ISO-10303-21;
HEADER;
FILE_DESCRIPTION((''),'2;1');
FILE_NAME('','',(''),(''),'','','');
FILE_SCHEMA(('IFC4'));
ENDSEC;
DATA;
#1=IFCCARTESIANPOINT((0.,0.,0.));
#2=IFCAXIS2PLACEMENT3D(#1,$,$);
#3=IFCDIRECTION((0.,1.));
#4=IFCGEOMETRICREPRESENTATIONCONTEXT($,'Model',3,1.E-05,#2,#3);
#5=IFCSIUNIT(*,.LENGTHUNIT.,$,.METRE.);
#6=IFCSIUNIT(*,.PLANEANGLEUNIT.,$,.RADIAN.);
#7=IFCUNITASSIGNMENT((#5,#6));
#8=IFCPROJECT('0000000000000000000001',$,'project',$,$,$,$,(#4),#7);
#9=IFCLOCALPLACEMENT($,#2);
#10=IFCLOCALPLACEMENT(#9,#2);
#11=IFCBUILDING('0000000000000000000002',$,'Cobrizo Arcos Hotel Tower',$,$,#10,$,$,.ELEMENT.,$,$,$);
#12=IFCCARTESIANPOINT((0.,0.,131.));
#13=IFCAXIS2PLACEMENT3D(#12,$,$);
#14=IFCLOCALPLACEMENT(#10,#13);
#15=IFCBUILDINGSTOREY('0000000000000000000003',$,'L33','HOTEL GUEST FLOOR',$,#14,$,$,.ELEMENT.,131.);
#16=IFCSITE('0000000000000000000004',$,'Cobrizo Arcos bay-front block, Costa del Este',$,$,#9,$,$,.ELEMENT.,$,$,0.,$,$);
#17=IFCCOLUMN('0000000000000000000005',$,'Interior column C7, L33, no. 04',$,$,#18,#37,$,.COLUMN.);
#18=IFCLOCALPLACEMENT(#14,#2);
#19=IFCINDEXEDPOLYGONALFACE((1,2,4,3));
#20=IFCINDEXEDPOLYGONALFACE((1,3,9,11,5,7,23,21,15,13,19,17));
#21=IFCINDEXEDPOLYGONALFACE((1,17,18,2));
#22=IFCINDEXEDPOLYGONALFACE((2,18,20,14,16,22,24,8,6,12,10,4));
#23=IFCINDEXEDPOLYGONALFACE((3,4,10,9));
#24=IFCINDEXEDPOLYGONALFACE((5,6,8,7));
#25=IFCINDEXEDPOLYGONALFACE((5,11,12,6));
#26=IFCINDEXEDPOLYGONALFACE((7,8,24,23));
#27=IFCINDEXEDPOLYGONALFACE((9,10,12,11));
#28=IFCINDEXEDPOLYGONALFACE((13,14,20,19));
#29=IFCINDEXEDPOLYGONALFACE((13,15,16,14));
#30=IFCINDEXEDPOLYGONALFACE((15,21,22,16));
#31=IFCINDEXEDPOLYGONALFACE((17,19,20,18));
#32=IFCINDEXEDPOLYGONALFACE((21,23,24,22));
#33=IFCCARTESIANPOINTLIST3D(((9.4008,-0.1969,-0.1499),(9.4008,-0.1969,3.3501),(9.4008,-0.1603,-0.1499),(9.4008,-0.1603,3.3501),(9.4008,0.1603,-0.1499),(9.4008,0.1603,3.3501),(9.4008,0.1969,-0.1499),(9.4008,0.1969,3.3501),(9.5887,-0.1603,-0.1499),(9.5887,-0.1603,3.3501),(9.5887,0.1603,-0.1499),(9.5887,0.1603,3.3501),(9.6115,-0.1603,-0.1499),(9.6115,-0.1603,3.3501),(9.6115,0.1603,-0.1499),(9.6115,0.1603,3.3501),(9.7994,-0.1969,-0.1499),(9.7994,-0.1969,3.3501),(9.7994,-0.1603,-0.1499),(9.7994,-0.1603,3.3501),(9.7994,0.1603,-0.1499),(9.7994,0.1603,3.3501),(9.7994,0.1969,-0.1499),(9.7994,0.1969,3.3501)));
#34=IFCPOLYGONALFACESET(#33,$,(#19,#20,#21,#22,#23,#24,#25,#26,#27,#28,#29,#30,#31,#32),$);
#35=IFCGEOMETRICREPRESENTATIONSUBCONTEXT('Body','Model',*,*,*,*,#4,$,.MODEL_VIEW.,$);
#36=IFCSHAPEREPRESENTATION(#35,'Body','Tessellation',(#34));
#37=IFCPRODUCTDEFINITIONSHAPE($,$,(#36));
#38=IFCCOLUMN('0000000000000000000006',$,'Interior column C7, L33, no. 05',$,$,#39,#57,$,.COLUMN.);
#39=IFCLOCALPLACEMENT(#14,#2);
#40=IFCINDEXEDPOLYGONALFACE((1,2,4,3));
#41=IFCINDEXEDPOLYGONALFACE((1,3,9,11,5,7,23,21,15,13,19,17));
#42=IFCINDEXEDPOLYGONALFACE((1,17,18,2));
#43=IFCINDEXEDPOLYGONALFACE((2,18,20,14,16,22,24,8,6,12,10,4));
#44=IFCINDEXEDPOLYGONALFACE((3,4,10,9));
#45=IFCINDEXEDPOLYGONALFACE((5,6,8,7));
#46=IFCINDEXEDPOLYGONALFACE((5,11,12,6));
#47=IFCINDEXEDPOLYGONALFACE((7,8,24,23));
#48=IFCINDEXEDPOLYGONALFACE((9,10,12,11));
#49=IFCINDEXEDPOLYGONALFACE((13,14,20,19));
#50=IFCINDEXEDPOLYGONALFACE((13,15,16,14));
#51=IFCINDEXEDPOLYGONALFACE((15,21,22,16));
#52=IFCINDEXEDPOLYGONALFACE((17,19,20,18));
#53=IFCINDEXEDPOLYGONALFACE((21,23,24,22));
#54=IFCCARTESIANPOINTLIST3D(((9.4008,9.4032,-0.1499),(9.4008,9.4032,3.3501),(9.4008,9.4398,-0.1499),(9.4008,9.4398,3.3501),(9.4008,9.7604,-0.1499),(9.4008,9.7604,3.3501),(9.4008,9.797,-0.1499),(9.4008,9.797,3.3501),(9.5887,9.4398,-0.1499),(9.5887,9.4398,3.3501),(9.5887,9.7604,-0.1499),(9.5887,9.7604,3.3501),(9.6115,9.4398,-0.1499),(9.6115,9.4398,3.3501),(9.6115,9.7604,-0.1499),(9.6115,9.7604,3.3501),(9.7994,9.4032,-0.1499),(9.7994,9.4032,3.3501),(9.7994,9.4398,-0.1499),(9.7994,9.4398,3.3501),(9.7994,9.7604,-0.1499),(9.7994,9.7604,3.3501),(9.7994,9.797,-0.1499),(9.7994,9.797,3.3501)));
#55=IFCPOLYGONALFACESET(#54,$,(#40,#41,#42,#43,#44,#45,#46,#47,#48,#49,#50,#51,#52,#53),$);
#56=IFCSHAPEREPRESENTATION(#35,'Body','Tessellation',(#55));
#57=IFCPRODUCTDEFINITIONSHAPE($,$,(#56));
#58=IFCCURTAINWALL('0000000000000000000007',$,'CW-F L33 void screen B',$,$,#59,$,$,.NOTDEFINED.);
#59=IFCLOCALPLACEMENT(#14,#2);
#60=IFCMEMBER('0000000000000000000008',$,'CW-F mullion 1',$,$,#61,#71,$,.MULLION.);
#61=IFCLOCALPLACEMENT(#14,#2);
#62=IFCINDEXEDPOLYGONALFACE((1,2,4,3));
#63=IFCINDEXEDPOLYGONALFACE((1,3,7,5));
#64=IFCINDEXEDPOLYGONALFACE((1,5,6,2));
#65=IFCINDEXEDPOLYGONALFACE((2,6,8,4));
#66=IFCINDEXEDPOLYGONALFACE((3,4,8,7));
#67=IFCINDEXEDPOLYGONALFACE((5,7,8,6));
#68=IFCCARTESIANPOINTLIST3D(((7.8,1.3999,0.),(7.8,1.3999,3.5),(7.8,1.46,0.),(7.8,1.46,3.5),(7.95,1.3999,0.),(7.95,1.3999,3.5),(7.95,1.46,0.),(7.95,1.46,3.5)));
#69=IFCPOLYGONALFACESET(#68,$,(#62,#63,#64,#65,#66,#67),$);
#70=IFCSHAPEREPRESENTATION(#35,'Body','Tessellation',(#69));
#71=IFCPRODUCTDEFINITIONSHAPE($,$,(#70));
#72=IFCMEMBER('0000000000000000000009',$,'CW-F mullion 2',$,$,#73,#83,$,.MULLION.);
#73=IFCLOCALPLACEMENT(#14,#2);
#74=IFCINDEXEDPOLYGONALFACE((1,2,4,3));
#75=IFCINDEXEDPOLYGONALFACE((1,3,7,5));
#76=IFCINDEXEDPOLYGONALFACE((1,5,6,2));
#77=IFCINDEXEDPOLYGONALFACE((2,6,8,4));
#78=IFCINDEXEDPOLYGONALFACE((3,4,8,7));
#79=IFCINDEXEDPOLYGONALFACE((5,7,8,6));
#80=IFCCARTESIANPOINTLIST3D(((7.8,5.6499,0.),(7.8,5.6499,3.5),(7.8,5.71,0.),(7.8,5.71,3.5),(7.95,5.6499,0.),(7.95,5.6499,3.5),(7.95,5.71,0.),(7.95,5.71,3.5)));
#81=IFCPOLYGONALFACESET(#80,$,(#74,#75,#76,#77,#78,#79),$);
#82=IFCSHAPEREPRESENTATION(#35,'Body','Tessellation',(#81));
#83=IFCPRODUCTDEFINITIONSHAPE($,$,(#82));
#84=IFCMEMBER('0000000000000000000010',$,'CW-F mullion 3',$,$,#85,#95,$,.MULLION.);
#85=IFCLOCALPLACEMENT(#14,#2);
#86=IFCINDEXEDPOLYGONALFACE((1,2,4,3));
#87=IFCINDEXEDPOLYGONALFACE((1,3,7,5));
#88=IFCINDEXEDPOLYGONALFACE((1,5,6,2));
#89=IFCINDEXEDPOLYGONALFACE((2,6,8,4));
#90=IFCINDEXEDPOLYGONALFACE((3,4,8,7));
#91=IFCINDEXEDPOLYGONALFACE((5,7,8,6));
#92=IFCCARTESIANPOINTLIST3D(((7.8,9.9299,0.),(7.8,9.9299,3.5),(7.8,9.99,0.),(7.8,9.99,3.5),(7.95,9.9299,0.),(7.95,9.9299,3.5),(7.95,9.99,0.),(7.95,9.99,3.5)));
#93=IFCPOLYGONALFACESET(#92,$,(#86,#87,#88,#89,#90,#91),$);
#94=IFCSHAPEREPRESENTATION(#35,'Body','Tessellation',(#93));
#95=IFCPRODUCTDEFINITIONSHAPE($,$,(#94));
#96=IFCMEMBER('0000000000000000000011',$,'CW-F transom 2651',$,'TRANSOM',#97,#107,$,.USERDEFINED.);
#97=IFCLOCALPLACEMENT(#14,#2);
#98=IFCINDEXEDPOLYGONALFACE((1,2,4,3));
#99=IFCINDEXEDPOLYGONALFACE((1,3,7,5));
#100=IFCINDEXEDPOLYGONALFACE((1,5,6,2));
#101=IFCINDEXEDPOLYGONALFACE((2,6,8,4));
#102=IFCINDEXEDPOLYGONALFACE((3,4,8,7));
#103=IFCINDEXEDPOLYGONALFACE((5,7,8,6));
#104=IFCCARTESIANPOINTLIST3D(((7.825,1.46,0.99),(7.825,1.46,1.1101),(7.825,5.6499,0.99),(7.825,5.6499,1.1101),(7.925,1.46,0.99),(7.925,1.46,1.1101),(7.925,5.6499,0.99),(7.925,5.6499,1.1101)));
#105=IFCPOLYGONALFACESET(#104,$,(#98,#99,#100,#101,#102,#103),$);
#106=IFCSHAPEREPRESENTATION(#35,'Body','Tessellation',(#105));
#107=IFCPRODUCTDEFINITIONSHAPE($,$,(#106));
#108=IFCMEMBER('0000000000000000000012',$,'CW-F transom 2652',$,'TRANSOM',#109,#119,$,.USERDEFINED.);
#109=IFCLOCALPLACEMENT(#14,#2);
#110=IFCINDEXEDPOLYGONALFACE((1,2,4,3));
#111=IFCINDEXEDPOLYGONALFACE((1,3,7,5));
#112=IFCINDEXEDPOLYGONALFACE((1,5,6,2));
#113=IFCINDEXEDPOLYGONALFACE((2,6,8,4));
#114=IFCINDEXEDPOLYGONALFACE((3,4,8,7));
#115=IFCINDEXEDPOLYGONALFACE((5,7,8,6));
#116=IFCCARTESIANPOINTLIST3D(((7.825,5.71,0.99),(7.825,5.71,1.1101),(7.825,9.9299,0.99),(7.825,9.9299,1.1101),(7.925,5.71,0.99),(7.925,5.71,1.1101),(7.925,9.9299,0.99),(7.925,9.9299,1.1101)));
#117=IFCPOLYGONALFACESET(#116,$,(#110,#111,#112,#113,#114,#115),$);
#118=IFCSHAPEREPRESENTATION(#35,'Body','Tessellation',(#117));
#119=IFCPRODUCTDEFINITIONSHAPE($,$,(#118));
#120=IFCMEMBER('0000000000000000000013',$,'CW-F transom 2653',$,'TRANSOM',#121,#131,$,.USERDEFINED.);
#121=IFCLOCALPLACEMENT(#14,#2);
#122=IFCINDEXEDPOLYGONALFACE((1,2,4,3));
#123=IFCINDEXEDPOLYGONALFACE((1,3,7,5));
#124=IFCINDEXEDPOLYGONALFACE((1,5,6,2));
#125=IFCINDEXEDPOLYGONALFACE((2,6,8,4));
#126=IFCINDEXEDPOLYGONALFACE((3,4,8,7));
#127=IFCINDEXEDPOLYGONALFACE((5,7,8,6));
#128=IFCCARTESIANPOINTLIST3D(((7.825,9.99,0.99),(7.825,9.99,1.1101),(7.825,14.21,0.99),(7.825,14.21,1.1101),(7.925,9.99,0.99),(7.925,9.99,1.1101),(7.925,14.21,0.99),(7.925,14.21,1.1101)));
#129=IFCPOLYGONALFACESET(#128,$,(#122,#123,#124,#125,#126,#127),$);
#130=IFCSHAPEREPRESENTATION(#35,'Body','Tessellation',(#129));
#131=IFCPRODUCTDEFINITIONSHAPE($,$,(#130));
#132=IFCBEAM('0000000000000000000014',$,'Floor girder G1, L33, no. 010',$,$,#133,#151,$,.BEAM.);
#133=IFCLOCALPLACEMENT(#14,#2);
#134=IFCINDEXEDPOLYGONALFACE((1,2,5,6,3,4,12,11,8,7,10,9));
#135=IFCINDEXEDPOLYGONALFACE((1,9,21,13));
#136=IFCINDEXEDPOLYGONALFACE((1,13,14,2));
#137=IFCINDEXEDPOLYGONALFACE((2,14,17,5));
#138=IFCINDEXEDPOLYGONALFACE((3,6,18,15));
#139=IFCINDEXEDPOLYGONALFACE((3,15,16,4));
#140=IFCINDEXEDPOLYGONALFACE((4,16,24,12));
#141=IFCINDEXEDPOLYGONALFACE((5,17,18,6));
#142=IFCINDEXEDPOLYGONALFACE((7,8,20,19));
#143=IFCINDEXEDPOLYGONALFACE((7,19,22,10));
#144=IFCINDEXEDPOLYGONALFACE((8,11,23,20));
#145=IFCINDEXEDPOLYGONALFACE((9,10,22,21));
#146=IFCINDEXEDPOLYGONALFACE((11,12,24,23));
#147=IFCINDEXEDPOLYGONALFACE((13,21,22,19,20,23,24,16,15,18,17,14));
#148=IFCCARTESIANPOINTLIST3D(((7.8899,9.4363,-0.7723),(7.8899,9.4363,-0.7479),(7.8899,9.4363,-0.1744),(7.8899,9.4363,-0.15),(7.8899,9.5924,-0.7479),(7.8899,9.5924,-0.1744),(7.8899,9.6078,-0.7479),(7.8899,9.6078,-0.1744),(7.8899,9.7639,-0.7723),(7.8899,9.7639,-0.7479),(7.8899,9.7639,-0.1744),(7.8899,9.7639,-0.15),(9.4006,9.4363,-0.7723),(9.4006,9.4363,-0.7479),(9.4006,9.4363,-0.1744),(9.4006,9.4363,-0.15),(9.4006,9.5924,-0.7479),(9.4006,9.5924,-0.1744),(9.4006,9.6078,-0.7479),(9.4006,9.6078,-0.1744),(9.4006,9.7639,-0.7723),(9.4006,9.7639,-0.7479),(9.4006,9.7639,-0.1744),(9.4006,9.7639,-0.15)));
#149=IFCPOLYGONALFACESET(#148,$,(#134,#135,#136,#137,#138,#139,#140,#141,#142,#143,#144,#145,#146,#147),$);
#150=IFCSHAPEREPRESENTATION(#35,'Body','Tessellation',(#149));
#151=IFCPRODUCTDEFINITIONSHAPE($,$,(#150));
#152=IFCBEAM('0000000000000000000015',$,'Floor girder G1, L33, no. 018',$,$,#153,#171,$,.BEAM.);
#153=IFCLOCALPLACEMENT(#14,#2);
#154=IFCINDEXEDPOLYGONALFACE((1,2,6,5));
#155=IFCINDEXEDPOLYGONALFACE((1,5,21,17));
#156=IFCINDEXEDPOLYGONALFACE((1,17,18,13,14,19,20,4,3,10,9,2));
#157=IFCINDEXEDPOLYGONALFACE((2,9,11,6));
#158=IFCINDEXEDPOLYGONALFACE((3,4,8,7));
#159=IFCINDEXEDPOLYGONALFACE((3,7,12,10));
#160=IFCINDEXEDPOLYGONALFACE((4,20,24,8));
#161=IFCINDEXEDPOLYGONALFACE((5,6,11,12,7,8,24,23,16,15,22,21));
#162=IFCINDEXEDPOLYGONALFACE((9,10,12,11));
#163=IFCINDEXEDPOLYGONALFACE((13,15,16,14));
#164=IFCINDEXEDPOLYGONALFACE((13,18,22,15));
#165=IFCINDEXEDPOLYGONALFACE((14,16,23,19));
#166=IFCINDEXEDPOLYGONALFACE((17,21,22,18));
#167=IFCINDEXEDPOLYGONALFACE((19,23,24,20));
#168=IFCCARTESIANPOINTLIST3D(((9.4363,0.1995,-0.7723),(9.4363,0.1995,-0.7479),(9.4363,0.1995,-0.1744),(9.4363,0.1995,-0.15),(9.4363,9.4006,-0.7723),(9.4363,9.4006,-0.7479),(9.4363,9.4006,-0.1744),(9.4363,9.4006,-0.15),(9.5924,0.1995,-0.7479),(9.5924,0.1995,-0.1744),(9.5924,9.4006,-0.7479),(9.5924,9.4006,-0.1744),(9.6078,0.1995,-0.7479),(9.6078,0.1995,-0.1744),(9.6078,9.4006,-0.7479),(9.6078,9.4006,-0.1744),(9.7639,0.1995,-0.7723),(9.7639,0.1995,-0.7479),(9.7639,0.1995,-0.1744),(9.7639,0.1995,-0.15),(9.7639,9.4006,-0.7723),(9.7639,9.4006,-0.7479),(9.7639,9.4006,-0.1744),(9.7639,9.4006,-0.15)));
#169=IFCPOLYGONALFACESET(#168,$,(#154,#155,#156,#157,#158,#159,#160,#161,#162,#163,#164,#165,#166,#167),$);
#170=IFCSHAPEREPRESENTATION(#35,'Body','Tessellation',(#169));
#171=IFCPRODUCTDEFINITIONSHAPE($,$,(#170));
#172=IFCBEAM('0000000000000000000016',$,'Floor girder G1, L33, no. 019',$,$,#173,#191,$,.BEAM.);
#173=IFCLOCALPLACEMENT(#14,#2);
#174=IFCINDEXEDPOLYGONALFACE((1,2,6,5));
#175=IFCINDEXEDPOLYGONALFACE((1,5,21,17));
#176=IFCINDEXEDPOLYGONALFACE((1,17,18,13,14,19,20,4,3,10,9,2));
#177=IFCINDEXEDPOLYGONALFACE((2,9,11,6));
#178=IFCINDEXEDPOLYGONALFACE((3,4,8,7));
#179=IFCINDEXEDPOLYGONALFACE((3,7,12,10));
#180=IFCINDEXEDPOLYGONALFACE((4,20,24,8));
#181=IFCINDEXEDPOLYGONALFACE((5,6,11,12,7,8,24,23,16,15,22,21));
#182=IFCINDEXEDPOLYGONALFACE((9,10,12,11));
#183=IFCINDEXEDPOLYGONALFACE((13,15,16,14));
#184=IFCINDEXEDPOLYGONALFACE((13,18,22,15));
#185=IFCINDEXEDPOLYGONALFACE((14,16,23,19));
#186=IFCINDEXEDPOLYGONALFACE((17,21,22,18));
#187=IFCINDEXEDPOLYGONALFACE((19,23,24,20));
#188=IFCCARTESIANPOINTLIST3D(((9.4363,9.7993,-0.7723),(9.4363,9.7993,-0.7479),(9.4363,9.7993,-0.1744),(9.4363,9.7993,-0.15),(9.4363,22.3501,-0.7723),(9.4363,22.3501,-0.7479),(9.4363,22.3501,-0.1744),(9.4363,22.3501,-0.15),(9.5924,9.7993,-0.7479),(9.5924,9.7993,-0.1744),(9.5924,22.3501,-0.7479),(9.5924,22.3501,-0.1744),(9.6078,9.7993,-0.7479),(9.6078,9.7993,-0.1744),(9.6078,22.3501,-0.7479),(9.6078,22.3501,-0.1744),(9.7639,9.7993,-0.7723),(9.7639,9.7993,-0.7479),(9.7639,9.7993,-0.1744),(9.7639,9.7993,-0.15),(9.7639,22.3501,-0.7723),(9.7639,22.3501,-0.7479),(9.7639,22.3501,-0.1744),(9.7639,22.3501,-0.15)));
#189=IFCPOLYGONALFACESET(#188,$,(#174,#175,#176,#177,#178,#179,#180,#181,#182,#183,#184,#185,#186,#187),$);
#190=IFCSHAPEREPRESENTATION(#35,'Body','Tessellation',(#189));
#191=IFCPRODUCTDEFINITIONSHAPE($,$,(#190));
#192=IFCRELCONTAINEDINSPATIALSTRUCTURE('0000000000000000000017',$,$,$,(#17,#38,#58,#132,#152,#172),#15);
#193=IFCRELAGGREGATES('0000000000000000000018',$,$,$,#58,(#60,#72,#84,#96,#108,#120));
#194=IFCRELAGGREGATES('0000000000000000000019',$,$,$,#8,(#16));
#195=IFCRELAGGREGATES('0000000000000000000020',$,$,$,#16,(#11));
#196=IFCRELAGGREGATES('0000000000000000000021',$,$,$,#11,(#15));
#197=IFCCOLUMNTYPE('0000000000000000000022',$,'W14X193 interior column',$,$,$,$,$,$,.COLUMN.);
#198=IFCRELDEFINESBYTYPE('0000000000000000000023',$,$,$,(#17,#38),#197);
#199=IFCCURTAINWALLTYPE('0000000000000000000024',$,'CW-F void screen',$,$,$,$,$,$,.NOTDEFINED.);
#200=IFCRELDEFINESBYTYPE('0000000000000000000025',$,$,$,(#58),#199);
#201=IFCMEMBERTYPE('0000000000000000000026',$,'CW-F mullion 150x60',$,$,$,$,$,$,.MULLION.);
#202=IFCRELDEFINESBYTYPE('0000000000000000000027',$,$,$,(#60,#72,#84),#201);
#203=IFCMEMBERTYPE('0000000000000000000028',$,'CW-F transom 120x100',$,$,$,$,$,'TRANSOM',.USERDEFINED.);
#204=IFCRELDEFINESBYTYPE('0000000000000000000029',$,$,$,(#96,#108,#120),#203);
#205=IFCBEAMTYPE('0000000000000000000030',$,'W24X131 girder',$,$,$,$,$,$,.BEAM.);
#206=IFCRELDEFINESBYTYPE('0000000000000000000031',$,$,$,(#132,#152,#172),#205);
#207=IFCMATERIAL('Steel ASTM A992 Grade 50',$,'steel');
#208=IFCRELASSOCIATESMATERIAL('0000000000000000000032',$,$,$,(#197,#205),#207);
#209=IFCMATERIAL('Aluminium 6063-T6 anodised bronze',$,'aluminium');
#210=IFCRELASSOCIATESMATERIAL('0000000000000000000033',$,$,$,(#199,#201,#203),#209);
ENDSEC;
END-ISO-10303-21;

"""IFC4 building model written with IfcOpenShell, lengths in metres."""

from ifc_helpers import new_model, si_unit, direction, frame, origin, origin_2d, place, context, subcontext, project, spatial, rectangle, i_section, extrude, material, material_profile, profile_set, type_object, element, aggregate, save


model = new_model("IFC4")

# Units and contexts
model_context = context("Model", 3, precision=1e-05, world=origin(), true_north=direction((0.0, 1.0)))
body_context = subcontext(model_context, "Body", "Model", "MODEL_VIEW")
ifc_project = project(units=[si_unit("LENGTHUNIT", "METRE"), si_unit("PLANEANGLEUNIT", "RADIAN")], contexts=[model_context])

# Site, building, storey
site_placement = place(None, origin())
site = spatial("IfcSite", under=ifc_project, at=site_placement, Name="Cobrizo Arcos bay-front block, Costa del Este", CompositionType="ELEMENT", RefElevation=0.0)
building_placement = place(site_placement, origin())
building = spatial("IfcBuilding", under=site, at=building_placement, Name="Cobrizo Arcos Hotel Tower", CompositionType="ELEMENT")
storey_placement = place(building_placement, frame((0.0, 0.0, 131.0)))
storey = spatial("IfcBuildingStorey", under=building, at=storey_placement, Name="L33", Description="HOTEL GUEST FLOOR", CompositionType="ELEMENT", Elevation=131.0)

# Columns
ifc_material_1 = material(Name="Steel ASTM A992 Grade 50", Category="steel")
ifc_material_profile_1 = material_profile(ifc_material_1, i_section(OverallWidth=0.3987, OverallDepth=0.3938, WebThickness=0.0227, FlangeThickness=0.0366, at=origin_2d()), Name="W14X193")
ifc_profile_set_1 = profile_set([ifc_material_profile_1], Name="Steel ASTM A992 Grade 50")
column_type = type_object("IfcColumnType", Name="W14X193 interior column", PredefinedType="COLUMN", material=ifc_profile_set_1)
for number, where, z_axis, x_axis, name in (
    (1, (9.6001, 0.0, -0.1499), (0.0, 0.0, 1.0), (1.0, 0.0, 0.0), "Interior column C7, L33, no. 04"),
    (2, (9.6001, 9.6001, -0.1499), (0.0, 0.0, 1.0), (1.0, 0.0, 0.0), "Interior column C7, L33, no. 05"),
):
    element("IfcColumn", number, at=place(storey_placement, frame(where, z_axis=z_axis, x_axis=x_axis)), inside=storey, type_object=column_type, Name=name, PredefinedType="COLUMN", context=body_context, shape_type="SweptSolid", body=[
        extrude(i_section(OverallWidth=0.3987, OverallDepth=0.3938, WebThickness=0.0227, FlangeThickness=0.0366, at=origin_2d()), origin(), (0.0, 0.0, 1.0), 3.5),
    ])

# Curtain wall, members
ifc_material_2 = material(Name="Aluminium 6063-T6 anodised bronze", Category="aluminium")
curtain_wall_type = type_object("IfcCurtainWallType", Name="CW-F void screen", PredefinedType="NOTDEFINED", material=ifc_material_2)
curtain_wall_placement = place(storey_placement, origin())
curtain_wall = element("IfcCurtainWall", 3, at=curtain_wall_placement, inside=storey, type_object=curtain_wall_type, Name="CW-F L33 void screen B", PredefinedType="NOTDEFINED")
ifc_material_profile_2 = material_profile(ifc_material_2, rectangle(XDim=0.1499, YDim=0.0601, at=origin_2d()), Name="CW-F mullion 150x60")
ifc_profile_set_2 = profile_set([ifc_material_profile_2], Name="Aluminium 6063-T6 anodised bronze")
member_type_1 = type_object("IfcMemberType", Name="CW-F mullion 150x60", PredefinedType="MULLION", material=ifc_profile_set_2)
member_1_placement = place(storey_placement, frame((7.875, 1.4299, 0.0), z_axis=(0.0, 0.0, 1.0), x_axis=(1.0, 0.0, 0.0)))
member_1 = element("IfcMember", 4, at=member_1_placement, type_object=member_type_1, Name="CW-F mullion 1", PredefinedType="MULLION", context=body_context, shape_type="SweptSolid", body=[
    extrude(rectangle(XDim=0.1499, YDim=0.0601, at=origin_2d()), origin(), (0.0, 0.0, 1.0), 3.5),
])
member_2_placement = place(storey_placement, frame((7.875, 5.6799, 0.0), z_axis=(0.0, 0.0, 1.0), x_axis=(1.0, 0.0, 0.0)))
member_2 = element("IfcMember", 5, at=member_2_placement, type_object=member_type_1, Name="CW-F mullion 2", PredefinedType="MULLION", context=body_context, shape_type="SweptSolid", body=[
    extrude(rectangle(XDim=0.1499, YDim=0.0601, at=origin_2d()), origin(), (0.0, 0.0, 1.0), 3.5),
])
member_3_placement = place(storey_placement, frame((7.875, 9.96, 0.0), z_axis=(0.0, 0.0, 1.0), x_axis=(1.0, 0.0, 0.0)))
member_3 = element("IfcMember", 6, at=member_3_placement, type_object=member_type_1, Name="CW-F mullion 3", PredefinedType="MULLION", context=body_context, shape_type="SweptSolid", body=[
    extrude(rectangle(XDim=0.1499, YDim=0.0601, at=origin_2d()), origin(), (0.0, 0.0, 1.0), 3.5),
])
ifc_material_profile_3 = material_profile(ifc_material_2, rectangle(XDim=0.1001, YDim=0.1201, at=origin_2d()), Name="CW-F transom 120x100")
ifc_profile_set_3 = profile_set([ifc_material_profile_3], Name="Aluminium 6063-T6 anodised bronze")
member_type_2 = type_object("IfcMemberType", Name="CW-F transom 120x100", ElementType="TRANSOM", PredefinedType="USERDEFINED", material=ifc_profile_set_3)
member_4_placement = place(storey_placement, frame((7.875, 1.46, 1.05), z_axis=(0.0, 1.0, 0.0), x_axis=(-1.0, 0.0, 0.0)))
member_4 = element("IfcMember", 7, at=member_4_placement, type_object=member_type_2, Name="CW-F transom 2651", ObjectType="TRANSOM", PredefinedType="USERDEFINED", context=body_context, shape_type="SweptSolid", body=[
    extrude(rectangle(XDim=0.1001, YDim=0.1201, at=origin_2d()), origin(), (0.0, 0.0, 1.0), 4.1899),
])
member_5_placement = place(storey_placement, frame((7.875, 5.71, 1.05), z_axis=(0.0, 1.0, 0.0), x_axis=(-1.0, 0.0, 0.0)))
member_5 = element("IfcMember", 8, at=member_5_placement, type_object=member_type_2, Name="CW-F transom 2652", ObjectType="TRANSOM", PredefinedType="USERDEFINED", context=body_context, shape_type="SweptSolid", body=[
    extrude(rectangle(XDim=0.1001, YDim=0.1201, at=origin_2d()), origin(), (0.0, 0.0, 1.0), 4.22),
])
member_6_placement = place(storey_placement, frame((7.875, 9.99, 1.05), z_axis=(0.0, 1.0, 0.0), x_axis=(-1.0, 0.0, 0.0)))
member_6 = element("IfcMember", 9, at=member_6_placement, type_object=member_type_2, Name="CW-F transom 2653", ObjectType="TRANSOM", PredefinedType="USERDEFINED", context=body_context, shape_type="SweptSolid", body=[
    extrude(rectangle(XDim=0.1001, YDim=0.1201, at=origin_2d()), origin(), (0.0, 0.0, 1.0), 4.22),
])

# Beams
ifc_material_profile_4 = material_profile(ifc_material_1, i_section(OverallWidth=0.3276, OverallDepth=0.6223, WebThickness=0.0154, FlangeThickness=0.0244, at=origin_2d()), Name="W24X131")
ifc_profile_set_4 = profile_set([ifc_material_profile_4], Name="Steel ASTM A992 Grade 50")
beam_type_1 = type_object("IfcBeamType", Name="W24X131 girder", PredefinedType="BEAM", material=ifc_profile_set_4)
beam_1_placement = place(storey_placement, frame((7.8899, 9.6001, -0.4612), z_axis=(1.0, 0.0, 0.0), x_axis=(0.0, 1.0, 0.0)))
element("IfcBeam", 10, at=beam_1_placement, inside=storey, type_object=beam_type_1, Name="Floor girder G1, L33, no. 010", PredefinedType="BEAM", context=body_context, shape_type="SweptSolid", body=[
    extrude(i_section(OverallWidth=0.3276, OverallDepth=0.6223, WebThickness=0.0154, FlangeThickness=0.0244, at=origin_2d()), origin(), (0.0, 0.0, 1.0), 1.5107),
])
beam_2_placement = place(storey_placement, frame((9.6001, 0.1995, -0.4612), z_axis=(0.0, 1.0, 0.0), x_axis=(-1.0, 0.0, 0.0)))
element("IfcBeam", 11, at=beam_2_placement, inside=storey, type_object=beam_type_1, Name="Floor girder G1, L33, no. 018", PredefinedType="BEAM", context=body_context, shape_type="SweptSolid", body=[
    extrude(i_section(OverallWidth=0.3276, OverallDepth=0.6223, WebThickness=0.0154, FlangeThickness=0.0244, at=origin_2d()), origin(), (0.0, 0.0, 1.0), 9.2012),
])
beam_3_placement = place(storey_placement, frame((9.6001, 9.7993, -0.4612), z_axis=(0.0, 1.0, 0.0), x_axis=(-1.0, 0.0, 0.0)))
element("IfcBeam", 12, at=beam_3_placement, inside=storey, type_object=beam_type_1, Name="Floor girder G1, L33, no. 019", PredefinedType="BEAM", context=body_context, shape_type="SweptSolid", body=[
    extrude(i_section(OverallWidth=0.3276, OverallDepth=0.6223, WebThickness=0.0154, FlangeThickness=0.0244, at=origin_2d()), origin(), (0.0, 0.0, 1.0), 12.5508),
])

aggregate(curtain_wall, [member_1, member_2, member_3, member_4, member_5, member_6])

save(model, "model.ifc")
